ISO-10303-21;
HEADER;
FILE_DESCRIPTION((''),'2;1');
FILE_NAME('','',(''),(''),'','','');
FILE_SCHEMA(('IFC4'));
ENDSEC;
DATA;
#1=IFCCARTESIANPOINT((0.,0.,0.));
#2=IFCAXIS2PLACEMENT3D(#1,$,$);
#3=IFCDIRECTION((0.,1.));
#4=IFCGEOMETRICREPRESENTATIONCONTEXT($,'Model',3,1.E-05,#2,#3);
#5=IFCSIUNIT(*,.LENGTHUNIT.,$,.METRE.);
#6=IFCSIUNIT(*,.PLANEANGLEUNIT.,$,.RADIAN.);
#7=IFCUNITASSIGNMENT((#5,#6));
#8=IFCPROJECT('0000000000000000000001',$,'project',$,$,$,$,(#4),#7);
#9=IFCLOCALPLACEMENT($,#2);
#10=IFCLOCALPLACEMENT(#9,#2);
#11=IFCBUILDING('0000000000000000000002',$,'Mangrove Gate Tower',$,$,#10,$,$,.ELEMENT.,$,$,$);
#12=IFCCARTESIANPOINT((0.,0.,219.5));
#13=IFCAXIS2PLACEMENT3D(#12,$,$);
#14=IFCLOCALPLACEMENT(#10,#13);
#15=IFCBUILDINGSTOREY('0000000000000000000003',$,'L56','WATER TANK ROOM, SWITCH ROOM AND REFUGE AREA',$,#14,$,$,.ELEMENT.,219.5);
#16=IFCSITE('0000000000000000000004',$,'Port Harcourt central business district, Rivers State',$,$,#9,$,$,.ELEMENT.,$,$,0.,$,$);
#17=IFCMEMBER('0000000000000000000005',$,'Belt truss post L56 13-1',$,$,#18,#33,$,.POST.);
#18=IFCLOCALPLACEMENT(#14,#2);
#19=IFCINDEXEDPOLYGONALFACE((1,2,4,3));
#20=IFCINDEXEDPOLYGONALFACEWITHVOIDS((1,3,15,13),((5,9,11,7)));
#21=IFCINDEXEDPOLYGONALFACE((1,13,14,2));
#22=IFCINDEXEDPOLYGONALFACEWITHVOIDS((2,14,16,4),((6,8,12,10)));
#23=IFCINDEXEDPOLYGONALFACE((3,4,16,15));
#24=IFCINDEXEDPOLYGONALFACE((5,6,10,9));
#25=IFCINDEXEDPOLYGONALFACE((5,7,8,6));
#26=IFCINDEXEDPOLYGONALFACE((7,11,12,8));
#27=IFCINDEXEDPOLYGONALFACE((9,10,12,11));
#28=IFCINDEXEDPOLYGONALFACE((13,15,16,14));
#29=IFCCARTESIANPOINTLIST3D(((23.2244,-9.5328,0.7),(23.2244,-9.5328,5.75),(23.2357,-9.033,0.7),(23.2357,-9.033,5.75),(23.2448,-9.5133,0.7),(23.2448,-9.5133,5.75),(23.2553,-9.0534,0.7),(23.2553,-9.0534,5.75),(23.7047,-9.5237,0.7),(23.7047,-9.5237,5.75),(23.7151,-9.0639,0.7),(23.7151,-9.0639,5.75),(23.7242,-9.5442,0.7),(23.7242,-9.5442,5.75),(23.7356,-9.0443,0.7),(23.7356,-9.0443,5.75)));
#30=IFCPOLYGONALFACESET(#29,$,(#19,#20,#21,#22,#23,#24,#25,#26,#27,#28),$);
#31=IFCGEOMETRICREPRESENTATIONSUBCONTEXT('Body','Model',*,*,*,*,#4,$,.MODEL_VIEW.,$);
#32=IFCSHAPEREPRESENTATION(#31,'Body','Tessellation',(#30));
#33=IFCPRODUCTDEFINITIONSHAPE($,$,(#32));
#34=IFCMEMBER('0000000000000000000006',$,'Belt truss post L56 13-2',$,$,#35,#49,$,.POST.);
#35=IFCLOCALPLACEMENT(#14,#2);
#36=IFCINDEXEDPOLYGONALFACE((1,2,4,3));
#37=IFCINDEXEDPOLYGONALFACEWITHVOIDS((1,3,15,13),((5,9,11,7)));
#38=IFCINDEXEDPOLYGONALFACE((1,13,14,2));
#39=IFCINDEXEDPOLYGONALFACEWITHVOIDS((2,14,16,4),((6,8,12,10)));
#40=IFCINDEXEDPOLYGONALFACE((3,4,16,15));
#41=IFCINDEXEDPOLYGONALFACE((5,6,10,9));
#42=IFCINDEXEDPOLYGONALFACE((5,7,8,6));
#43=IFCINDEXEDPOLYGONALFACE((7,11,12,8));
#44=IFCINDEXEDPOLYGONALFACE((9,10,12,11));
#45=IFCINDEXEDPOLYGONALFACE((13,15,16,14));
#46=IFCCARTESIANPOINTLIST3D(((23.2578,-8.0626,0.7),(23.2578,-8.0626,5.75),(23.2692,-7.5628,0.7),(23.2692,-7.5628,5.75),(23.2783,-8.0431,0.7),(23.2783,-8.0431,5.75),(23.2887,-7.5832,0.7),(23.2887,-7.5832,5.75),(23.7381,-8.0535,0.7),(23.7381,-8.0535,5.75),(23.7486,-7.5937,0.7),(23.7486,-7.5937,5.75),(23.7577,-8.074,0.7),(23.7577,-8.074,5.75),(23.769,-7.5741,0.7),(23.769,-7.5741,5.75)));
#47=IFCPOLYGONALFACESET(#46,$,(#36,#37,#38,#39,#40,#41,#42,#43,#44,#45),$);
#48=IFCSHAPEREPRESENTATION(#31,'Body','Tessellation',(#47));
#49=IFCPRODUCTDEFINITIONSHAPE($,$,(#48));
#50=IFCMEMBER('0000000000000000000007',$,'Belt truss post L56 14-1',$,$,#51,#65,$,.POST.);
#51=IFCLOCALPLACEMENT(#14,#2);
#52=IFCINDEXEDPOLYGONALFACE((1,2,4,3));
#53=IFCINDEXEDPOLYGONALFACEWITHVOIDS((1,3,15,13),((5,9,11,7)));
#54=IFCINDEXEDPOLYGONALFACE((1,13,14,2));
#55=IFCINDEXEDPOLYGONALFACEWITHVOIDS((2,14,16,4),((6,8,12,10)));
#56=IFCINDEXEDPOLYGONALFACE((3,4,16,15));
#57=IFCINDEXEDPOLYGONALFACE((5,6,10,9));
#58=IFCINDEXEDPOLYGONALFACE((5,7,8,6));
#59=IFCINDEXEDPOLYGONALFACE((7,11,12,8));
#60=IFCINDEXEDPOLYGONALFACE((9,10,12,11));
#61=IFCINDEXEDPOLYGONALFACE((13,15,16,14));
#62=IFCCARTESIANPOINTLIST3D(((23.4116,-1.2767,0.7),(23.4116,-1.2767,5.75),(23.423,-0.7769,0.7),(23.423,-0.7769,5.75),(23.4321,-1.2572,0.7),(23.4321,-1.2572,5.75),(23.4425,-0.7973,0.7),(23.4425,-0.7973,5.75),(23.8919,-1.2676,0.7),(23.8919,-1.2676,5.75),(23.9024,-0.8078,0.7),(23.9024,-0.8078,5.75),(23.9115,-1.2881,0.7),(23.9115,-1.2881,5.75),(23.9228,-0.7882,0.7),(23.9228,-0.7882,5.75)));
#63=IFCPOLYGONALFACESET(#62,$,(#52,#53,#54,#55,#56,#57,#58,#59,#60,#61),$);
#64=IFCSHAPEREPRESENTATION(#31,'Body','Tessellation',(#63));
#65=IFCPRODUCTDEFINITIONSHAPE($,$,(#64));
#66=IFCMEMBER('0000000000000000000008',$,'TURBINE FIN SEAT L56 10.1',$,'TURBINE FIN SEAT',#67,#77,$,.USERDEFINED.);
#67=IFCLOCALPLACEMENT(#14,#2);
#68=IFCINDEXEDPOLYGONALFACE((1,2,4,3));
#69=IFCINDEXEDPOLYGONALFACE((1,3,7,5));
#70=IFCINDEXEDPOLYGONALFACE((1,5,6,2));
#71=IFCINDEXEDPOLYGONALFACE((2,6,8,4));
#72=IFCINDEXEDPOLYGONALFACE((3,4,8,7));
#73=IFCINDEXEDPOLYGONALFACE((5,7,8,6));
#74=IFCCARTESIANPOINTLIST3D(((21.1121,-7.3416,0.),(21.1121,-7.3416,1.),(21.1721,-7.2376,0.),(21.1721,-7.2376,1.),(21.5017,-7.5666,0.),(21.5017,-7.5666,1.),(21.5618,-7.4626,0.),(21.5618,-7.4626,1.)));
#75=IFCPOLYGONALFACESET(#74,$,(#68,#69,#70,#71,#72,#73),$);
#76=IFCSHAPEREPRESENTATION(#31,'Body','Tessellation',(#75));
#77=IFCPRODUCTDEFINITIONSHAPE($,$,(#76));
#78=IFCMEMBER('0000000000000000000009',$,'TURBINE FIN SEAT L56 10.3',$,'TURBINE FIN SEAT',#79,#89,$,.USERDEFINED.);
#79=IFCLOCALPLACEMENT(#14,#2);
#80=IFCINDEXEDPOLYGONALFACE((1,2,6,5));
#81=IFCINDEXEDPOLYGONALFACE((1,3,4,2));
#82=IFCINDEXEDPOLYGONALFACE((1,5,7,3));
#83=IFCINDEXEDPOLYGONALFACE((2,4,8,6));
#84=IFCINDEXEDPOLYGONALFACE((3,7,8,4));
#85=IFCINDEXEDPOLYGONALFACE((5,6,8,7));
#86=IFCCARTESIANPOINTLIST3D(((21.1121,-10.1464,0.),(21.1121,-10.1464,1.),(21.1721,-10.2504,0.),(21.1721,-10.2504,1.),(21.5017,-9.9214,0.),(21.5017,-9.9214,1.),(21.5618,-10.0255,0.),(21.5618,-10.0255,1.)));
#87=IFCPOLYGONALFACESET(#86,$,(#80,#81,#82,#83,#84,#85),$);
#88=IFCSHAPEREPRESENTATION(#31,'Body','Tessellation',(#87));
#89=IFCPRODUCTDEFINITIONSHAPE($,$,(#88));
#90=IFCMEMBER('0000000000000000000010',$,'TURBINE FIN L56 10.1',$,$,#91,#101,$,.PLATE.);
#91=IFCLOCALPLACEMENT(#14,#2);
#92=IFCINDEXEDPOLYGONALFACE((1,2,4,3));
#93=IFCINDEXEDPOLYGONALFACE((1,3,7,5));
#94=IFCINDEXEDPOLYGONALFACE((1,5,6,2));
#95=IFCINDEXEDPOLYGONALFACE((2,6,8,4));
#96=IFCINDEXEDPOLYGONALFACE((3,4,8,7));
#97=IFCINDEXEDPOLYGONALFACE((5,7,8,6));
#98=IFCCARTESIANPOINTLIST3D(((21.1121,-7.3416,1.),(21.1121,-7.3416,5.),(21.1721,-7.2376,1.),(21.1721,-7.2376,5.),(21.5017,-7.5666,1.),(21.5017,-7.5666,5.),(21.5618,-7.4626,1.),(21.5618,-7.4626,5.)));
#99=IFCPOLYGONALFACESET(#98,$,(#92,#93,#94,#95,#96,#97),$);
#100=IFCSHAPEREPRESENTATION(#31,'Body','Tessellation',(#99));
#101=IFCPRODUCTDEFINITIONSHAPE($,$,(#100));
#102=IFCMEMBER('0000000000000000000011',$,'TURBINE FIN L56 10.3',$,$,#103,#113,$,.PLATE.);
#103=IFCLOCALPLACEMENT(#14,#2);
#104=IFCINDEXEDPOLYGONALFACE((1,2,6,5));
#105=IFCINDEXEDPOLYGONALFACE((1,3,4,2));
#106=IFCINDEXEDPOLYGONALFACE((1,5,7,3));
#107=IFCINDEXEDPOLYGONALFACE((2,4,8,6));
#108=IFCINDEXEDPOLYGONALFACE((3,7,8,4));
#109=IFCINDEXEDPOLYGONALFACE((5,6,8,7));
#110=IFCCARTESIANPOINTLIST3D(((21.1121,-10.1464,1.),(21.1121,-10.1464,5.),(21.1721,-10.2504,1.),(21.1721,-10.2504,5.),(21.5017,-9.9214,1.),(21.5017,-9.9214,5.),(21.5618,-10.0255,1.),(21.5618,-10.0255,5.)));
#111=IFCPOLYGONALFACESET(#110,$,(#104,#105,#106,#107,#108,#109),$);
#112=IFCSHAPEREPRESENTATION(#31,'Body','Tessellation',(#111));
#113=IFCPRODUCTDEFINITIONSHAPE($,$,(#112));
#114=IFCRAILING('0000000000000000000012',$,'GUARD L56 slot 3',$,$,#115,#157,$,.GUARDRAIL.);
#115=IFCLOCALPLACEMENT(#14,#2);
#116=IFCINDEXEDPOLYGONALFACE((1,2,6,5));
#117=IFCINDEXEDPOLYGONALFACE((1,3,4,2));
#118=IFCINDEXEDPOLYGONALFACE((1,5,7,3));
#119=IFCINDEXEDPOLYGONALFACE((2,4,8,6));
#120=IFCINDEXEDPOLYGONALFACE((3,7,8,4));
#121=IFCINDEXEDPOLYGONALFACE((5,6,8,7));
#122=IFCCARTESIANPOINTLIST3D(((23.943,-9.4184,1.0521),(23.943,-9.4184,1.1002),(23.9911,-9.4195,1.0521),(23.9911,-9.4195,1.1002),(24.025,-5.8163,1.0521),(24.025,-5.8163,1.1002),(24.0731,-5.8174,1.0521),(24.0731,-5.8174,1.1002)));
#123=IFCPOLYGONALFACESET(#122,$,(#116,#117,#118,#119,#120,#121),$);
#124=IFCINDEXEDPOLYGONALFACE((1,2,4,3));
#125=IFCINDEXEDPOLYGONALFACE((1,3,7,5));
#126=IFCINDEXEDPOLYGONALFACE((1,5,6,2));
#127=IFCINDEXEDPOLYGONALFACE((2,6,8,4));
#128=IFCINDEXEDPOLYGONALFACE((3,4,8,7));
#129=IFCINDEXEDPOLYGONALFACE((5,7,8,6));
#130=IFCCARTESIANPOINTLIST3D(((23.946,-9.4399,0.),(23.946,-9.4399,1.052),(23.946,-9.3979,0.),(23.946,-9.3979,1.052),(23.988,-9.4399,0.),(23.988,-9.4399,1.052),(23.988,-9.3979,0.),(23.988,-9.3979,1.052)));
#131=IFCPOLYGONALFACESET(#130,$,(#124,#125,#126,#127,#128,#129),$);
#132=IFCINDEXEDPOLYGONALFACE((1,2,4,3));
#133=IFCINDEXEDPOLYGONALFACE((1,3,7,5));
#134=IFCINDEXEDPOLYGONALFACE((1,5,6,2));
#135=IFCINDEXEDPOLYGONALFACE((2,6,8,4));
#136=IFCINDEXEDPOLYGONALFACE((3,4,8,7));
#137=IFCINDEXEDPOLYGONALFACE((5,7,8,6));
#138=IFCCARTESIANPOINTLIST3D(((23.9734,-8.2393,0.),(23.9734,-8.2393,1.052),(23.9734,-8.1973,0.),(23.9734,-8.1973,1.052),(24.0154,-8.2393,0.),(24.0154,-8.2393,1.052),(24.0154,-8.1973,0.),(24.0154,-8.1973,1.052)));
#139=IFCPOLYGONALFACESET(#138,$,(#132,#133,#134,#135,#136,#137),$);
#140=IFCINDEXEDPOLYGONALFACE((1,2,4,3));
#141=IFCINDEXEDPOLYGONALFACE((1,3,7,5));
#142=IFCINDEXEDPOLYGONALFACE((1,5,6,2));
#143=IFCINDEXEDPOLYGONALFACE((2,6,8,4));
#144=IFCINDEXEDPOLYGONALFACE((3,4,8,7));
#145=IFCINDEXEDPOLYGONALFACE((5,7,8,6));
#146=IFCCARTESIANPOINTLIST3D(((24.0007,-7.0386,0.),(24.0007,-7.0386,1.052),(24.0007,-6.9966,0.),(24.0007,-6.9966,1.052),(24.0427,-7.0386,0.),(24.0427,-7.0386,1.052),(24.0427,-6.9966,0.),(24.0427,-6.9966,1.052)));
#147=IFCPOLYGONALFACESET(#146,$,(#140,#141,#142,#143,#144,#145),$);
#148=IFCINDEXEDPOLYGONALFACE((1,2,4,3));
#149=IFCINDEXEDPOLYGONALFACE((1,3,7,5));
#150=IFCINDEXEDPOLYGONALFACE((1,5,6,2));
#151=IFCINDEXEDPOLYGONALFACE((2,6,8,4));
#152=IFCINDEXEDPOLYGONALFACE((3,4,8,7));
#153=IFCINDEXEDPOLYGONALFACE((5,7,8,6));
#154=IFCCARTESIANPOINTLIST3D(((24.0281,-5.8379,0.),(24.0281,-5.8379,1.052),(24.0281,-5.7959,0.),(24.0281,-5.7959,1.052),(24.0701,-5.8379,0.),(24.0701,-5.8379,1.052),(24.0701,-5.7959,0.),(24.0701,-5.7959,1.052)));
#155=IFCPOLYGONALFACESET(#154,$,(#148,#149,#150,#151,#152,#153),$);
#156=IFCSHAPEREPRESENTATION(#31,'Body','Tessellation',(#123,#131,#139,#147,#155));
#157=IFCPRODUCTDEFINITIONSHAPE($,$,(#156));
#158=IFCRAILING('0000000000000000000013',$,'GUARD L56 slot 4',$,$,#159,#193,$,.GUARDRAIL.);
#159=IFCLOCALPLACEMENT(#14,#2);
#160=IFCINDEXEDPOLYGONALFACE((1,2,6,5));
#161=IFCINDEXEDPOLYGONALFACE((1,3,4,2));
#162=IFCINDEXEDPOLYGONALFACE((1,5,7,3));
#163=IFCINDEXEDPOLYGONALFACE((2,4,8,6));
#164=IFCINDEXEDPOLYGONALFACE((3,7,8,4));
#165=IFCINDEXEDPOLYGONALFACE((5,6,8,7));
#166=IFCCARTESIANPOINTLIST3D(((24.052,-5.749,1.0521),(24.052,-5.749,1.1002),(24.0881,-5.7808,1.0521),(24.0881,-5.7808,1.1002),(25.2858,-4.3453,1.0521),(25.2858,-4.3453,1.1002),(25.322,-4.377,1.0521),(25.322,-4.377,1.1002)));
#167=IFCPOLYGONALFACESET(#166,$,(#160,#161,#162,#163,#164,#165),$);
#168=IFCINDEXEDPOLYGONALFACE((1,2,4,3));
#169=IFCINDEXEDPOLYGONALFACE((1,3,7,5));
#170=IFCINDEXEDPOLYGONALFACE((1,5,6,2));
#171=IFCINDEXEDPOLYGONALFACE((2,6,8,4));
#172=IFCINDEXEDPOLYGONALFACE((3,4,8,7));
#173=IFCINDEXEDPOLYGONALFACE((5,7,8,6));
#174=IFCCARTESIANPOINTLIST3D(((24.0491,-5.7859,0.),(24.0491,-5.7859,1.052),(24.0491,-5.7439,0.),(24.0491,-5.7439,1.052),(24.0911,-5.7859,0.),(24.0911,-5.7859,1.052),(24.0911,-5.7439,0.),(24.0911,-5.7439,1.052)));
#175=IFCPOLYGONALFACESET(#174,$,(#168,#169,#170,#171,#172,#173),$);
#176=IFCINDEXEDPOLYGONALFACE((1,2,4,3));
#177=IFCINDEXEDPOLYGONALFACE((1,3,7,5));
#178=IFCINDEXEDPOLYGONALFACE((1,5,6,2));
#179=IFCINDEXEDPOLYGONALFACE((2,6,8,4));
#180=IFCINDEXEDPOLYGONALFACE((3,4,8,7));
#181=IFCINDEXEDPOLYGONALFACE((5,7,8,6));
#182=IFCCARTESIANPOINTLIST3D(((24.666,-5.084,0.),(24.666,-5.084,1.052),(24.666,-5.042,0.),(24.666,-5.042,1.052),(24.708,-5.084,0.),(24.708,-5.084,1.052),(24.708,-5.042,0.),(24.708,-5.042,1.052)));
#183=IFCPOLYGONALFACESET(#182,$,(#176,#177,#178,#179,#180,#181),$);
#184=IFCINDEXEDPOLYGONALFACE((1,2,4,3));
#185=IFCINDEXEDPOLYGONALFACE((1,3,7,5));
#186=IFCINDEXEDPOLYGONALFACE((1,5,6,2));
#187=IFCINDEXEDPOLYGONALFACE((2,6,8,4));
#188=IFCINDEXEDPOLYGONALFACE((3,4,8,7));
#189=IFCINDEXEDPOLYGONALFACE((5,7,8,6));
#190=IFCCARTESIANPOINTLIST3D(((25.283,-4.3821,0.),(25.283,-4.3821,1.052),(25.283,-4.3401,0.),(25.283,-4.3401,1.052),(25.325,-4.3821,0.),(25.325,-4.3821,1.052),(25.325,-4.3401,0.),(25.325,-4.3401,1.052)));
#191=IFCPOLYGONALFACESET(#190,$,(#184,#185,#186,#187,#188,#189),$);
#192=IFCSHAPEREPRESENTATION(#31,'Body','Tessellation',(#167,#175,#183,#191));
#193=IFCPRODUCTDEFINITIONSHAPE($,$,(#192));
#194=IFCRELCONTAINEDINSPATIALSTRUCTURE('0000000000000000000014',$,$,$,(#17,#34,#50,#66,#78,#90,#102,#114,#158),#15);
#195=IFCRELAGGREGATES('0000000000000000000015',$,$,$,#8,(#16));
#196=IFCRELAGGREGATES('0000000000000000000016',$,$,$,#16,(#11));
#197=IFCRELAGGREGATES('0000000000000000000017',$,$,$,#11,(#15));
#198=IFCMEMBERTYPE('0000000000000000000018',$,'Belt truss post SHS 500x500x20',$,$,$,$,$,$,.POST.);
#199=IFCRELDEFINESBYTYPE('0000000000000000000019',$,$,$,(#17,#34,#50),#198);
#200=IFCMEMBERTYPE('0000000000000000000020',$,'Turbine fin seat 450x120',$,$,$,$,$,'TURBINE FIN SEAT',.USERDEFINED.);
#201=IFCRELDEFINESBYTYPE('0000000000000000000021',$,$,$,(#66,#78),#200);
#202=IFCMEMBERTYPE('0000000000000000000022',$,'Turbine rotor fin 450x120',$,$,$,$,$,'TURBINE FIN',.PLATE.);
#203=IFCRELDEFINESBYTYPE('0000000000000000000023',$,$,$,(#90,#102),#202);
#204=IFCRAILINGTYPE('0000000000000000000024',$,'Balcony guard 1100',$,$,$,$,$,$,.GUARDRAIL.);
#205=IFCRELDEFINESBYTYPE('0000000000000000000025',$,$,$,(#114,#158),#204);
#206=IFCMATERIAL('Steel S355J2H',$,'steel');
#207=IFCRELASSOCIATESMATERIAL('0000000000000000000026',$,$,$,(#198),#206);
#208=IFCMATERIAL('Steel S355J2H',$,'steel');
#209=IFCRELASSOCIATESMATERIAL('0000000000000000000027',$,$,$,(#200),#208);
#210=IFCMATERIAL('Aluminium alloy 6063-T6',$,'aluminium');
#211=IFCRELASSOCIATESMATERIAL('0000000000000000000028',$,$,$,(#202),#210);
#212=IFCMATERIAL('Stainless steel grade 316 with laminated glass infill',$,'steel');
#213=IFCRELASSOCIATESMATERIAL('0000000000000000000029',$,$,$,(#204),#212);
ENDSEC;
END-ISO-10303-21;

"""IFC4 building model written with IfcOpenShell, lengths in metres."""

from ifc_helpers import new_model, si_unit, direction, frame, origin, origin_2d, place, context, subcontext, project, spatial, rectangle, hollow_rectangle, extrude, material, material_profile, profile_set, type_object, element, save


model = new_model("IFC4")

# Units and contexts
model_context = context("Model", 3, precision=1e-05, world=origin(), true_north=direction((0.0, 1.0)))
body_context = subcontext(model_context, "Body", "Model", "MODEL_VIEW")
ifc_project = project(units=[si_unit("LENGTHUNIT", "METRE"), si_unit("PLANEANGLEUNIT", "RADIAN")], contexts=[model_context])

# Site, building, storey
site_placement = place(None, origin())
site = spatial("IfcSite", under=ifc_project, at=site_placement, Name="Port Harcourt central business district, Rivers State", CompositionType="ELEMENT", RefElevation=0.0)
building_placement = place(site_placement, origin())
building = spatial("IfcBuilding", under=site, at=building_placement, Name="Mangrove Gate Tower", CompositionType="ELEMENT")
storey_placement = place(building_placement, frame((0.0, 0.0, 219.5)))
storey = spatial("IfcBuildingStorey", under=building, at=storey_placement, Name="L56", Description="WATER TANK ROOM, SWITCH ROOM AND REFUGE AREA", CompositionType="ELEMENT", Elevation=219.5)

# Members
ifc_material_1 = material(Name="Steel S355J2H", Category="steel")
ifc_material_profile_1 = material_profile(ifc_material_1, hollow_rectangle(XDim=0.5, YDim=0.5, WallThickness=0.02, at=origin_2d()))
ifc_profile_set_1 = profile_set([ifc_material_profile_1], Name="Steel S355J2H")
member_type_1 = type_object("IfcMemberType", Name="Belt truss post SHS 500x500x20", PredefinedType="POST", material=ifc_profile_set_1)
for number, where, z_axis, x_axis, name in (
    (1, (23.48, -9.2886, 0.7), (0.0, 0.0, 1.0), (0.02268, 0.999743, 0.0), "Belt truss post L56 13-1"),
    (2, (23.5134, -7.8184, 0.7), (0.0, 0.0, 1.0), (0.02268, 0.999743, 0.0), "Belt truss post L56 13-2"),
    (3, (23.6672, -1.0325, 0.7), (0.0, 0.0, 1.0), (0.022688, 0.999743, 0.0), "Belt truss post L56 14-1"),
):
    element("IfcMember", number, at=place(storey_placement, frame(where, z_axis=z_axis, x_axis=x_axis)), inside=storey, type_object=member_type_1, Name=name, PredefinedType="POST", context=body_context, shape_type="SweptSolid", body=[
        extrude(hollow_rectangle(XDim=0.5, YDim=0.5, WallThickness=0.02, at=origin_2d()), origin(), (0.0, 0.0, 1.0), 5.05),
    ])
ifc_material_2 = material(Name="Steel S355J2H", Category="steel")
ifc_material_profile_2 = material_profile(ifc_material_2, rectangle(XDim=0.45, YDim=0.1201, at=origin_2d()))
ifc_profile_set_2 = profile_set([ifc_material_profile_2], Name="Steel S355J2H")
member_type_2 = type_object("IfcMemberType", Name="Turbine fin seat 450x120", ElementType="TURBINE FIN SEAT", PredefinedType="USERDEFINED", material=ifc_profile_set_2)
for number, where, z_axis, x_axis, name in (
    (4, (21.3369, -7.4021, 0.0), (0.0, 0.0, 1.0), (-0.866025, 0.5, 0.0), "TURBINE FIN SEAT L56 10.1"),
    (5, (21.3369, -10.0859, 0.0), (0.0, 0.0, 1.0), (0.866025, 0.5, 0.0), "TURBINE FIN SEAT L56 10.3"),
):
    element("IfcMember", number, at=place(storey_placement, frame(where, z_axis=z_axis, x_axis=x_axis)), inside=storey, type_object=member_type_2, Name=name, ObjectType="TURBINE FIN SEAT", PredefinedType="USERDEFINED", context=body_context, shape_type="SweptSolid", body=[
        extrude(rectangle(XDim=0.45, YDim=0.1201, at=origin_2d()), origin(), (0.0, 0.0, 1.0), 1.0),
    ])
ifc_material_3 = material(Name="Aluminium alloy 6063-T6", Category="aluminium")
ifc_material_profile_3 = material_profile(ifc_material_3, rectangle(XDim=0.45, YDim=0.1201, at=origin_2d()))
ifc_profile_set_3 = profile_set([ifc_material_profile_3], Name="Aluminium alloy 6063-T6")
member_type_3 = type_object("IfcMemberType", Name="Turbine rotor fin 450x120", ElementType="TURBINE FIN", PredefinedType="PLATE", material=ifc_profile_set_3)
for number, where, z_axis, x_axis, name in (
    (6, (21.3369, -7.4021, 1.0), (0.0, 0.0, 1.0), (-0.866025, 0.5, 0.0), "TURBINE FIN L56 10.1"),
    (7, (21.3369, -10.0859, 1.0), (0.0, 0.0, 1.0), (0.866025, 0.5, 0.0), "TURBINE FIN L56 10.3"),
):
    element("IfcMember", number, at=place(storey_placement, frame(where, z_axis=z_axis, x_axis=x_axis)), inside=storey, type_object=member_type_3, Name=name, PredefinedType="PLATE", context=body_context, shape_type="SweptSolid", body=[
        extrude(rectangle(XDim=0.45, YDim=0.1201, at=origin_2d()), origin(), (0.0, 0.0, 1.0), 4.0),
    ])

# Railings
ifc_material_4 = material(Name="Stainless steel grade 316 with laminated glass infill", Category="steel")
railing_type = type_object("IfcRailingType", Name="Balcony guard 1100", PredefinedType="GUARDRAIL", material=ifc_material_4)
railing_1_placement = place(storey_placement, frame((23.967, -9.4189, 0.0)))
element("IfcRailing", 8, at=railing_1_placement, inside=storey, type_object=railing_type, Name="GUARD L56 slot 3", PredefinedType="GUARDRAIL", context=body_context, shape_type="SweptSolid", body=[
    extrude(rectangle(XDim=0.0481, YDim=0.0481, at=origin_2d()), frame((0.0, 0.0, 1.0762), z_axis=(0.022768, 0.999741, 0.0), x_axis=(-0.999741, 0.022768, 0.0)), (0.0, 0.0, 1.0), 3.603),
    extrude(rectangle(XDim=0.042, YDim=0.042, at=origin_2d()), origin(), (0.0, 0.0, 1.0), 1.052),
    extrude(rectangle(XDim=0.042, YDim=0.042, at=origin_2d()), frame((0.0273, 1.2007, 0.0)), (0.0, 0.0, 1.0), 1.052),
    extrude(rectangle(XDim=0.042, YDim=0.042, at=origin_2d()), frame((0.0547, 2.4014, 0.0)), (0.0, 0.0, 1.0), 1.052),
    extrude(rectangle(XDim=0.042, YDim=0.042, at=origin_2d()), frame((0.082, 3.6021, 0.0)), (0.0, 0.0, 1.0), 1.052),
])
railing_2_placement = place(storey_placement, frame((24.0701, -5.7649, 0.0)))
element("IfcRailing", 9, at=railing_2_placement, inside=storey, type_object=railing_type, Name="GUARD L56 slot 4", PredefinedType="GUARDRAIL", context=body_context, shape_type="SweptSolid", body=[
    extrude(rectangle(XDim=0.0481, YDim=0.0481, at=origin_2d()), frame((0.0, 0.0, 1.0762), z_axis=(0.660186, 0.751102, 0.0), x_axis=(-0.751102, 0.660186, 0.0)), (0.0, 0.0, 1.0), 1.8689),
    extrude(rectangle(XDim=0.042, YDim=0.042, at=origin_2d()), origin(), (0.0, 0.0, 1.0), 1.052),
    extrude(rectangle(XDim=0.042, YDim=0.042, at=origin_2d()), frame((0.6169, 0.7019, 0.0)), (0.0, 0.0, 1.0), 1.052),
    extrude(rectangle(XDim=0.042, YDim=0.042, at=origin_2d()), frame((1.2339, 1.4038, 0.0)), (0.0, 0.0, 1.0), 1.052),
])

save(model, "model.ifc")
